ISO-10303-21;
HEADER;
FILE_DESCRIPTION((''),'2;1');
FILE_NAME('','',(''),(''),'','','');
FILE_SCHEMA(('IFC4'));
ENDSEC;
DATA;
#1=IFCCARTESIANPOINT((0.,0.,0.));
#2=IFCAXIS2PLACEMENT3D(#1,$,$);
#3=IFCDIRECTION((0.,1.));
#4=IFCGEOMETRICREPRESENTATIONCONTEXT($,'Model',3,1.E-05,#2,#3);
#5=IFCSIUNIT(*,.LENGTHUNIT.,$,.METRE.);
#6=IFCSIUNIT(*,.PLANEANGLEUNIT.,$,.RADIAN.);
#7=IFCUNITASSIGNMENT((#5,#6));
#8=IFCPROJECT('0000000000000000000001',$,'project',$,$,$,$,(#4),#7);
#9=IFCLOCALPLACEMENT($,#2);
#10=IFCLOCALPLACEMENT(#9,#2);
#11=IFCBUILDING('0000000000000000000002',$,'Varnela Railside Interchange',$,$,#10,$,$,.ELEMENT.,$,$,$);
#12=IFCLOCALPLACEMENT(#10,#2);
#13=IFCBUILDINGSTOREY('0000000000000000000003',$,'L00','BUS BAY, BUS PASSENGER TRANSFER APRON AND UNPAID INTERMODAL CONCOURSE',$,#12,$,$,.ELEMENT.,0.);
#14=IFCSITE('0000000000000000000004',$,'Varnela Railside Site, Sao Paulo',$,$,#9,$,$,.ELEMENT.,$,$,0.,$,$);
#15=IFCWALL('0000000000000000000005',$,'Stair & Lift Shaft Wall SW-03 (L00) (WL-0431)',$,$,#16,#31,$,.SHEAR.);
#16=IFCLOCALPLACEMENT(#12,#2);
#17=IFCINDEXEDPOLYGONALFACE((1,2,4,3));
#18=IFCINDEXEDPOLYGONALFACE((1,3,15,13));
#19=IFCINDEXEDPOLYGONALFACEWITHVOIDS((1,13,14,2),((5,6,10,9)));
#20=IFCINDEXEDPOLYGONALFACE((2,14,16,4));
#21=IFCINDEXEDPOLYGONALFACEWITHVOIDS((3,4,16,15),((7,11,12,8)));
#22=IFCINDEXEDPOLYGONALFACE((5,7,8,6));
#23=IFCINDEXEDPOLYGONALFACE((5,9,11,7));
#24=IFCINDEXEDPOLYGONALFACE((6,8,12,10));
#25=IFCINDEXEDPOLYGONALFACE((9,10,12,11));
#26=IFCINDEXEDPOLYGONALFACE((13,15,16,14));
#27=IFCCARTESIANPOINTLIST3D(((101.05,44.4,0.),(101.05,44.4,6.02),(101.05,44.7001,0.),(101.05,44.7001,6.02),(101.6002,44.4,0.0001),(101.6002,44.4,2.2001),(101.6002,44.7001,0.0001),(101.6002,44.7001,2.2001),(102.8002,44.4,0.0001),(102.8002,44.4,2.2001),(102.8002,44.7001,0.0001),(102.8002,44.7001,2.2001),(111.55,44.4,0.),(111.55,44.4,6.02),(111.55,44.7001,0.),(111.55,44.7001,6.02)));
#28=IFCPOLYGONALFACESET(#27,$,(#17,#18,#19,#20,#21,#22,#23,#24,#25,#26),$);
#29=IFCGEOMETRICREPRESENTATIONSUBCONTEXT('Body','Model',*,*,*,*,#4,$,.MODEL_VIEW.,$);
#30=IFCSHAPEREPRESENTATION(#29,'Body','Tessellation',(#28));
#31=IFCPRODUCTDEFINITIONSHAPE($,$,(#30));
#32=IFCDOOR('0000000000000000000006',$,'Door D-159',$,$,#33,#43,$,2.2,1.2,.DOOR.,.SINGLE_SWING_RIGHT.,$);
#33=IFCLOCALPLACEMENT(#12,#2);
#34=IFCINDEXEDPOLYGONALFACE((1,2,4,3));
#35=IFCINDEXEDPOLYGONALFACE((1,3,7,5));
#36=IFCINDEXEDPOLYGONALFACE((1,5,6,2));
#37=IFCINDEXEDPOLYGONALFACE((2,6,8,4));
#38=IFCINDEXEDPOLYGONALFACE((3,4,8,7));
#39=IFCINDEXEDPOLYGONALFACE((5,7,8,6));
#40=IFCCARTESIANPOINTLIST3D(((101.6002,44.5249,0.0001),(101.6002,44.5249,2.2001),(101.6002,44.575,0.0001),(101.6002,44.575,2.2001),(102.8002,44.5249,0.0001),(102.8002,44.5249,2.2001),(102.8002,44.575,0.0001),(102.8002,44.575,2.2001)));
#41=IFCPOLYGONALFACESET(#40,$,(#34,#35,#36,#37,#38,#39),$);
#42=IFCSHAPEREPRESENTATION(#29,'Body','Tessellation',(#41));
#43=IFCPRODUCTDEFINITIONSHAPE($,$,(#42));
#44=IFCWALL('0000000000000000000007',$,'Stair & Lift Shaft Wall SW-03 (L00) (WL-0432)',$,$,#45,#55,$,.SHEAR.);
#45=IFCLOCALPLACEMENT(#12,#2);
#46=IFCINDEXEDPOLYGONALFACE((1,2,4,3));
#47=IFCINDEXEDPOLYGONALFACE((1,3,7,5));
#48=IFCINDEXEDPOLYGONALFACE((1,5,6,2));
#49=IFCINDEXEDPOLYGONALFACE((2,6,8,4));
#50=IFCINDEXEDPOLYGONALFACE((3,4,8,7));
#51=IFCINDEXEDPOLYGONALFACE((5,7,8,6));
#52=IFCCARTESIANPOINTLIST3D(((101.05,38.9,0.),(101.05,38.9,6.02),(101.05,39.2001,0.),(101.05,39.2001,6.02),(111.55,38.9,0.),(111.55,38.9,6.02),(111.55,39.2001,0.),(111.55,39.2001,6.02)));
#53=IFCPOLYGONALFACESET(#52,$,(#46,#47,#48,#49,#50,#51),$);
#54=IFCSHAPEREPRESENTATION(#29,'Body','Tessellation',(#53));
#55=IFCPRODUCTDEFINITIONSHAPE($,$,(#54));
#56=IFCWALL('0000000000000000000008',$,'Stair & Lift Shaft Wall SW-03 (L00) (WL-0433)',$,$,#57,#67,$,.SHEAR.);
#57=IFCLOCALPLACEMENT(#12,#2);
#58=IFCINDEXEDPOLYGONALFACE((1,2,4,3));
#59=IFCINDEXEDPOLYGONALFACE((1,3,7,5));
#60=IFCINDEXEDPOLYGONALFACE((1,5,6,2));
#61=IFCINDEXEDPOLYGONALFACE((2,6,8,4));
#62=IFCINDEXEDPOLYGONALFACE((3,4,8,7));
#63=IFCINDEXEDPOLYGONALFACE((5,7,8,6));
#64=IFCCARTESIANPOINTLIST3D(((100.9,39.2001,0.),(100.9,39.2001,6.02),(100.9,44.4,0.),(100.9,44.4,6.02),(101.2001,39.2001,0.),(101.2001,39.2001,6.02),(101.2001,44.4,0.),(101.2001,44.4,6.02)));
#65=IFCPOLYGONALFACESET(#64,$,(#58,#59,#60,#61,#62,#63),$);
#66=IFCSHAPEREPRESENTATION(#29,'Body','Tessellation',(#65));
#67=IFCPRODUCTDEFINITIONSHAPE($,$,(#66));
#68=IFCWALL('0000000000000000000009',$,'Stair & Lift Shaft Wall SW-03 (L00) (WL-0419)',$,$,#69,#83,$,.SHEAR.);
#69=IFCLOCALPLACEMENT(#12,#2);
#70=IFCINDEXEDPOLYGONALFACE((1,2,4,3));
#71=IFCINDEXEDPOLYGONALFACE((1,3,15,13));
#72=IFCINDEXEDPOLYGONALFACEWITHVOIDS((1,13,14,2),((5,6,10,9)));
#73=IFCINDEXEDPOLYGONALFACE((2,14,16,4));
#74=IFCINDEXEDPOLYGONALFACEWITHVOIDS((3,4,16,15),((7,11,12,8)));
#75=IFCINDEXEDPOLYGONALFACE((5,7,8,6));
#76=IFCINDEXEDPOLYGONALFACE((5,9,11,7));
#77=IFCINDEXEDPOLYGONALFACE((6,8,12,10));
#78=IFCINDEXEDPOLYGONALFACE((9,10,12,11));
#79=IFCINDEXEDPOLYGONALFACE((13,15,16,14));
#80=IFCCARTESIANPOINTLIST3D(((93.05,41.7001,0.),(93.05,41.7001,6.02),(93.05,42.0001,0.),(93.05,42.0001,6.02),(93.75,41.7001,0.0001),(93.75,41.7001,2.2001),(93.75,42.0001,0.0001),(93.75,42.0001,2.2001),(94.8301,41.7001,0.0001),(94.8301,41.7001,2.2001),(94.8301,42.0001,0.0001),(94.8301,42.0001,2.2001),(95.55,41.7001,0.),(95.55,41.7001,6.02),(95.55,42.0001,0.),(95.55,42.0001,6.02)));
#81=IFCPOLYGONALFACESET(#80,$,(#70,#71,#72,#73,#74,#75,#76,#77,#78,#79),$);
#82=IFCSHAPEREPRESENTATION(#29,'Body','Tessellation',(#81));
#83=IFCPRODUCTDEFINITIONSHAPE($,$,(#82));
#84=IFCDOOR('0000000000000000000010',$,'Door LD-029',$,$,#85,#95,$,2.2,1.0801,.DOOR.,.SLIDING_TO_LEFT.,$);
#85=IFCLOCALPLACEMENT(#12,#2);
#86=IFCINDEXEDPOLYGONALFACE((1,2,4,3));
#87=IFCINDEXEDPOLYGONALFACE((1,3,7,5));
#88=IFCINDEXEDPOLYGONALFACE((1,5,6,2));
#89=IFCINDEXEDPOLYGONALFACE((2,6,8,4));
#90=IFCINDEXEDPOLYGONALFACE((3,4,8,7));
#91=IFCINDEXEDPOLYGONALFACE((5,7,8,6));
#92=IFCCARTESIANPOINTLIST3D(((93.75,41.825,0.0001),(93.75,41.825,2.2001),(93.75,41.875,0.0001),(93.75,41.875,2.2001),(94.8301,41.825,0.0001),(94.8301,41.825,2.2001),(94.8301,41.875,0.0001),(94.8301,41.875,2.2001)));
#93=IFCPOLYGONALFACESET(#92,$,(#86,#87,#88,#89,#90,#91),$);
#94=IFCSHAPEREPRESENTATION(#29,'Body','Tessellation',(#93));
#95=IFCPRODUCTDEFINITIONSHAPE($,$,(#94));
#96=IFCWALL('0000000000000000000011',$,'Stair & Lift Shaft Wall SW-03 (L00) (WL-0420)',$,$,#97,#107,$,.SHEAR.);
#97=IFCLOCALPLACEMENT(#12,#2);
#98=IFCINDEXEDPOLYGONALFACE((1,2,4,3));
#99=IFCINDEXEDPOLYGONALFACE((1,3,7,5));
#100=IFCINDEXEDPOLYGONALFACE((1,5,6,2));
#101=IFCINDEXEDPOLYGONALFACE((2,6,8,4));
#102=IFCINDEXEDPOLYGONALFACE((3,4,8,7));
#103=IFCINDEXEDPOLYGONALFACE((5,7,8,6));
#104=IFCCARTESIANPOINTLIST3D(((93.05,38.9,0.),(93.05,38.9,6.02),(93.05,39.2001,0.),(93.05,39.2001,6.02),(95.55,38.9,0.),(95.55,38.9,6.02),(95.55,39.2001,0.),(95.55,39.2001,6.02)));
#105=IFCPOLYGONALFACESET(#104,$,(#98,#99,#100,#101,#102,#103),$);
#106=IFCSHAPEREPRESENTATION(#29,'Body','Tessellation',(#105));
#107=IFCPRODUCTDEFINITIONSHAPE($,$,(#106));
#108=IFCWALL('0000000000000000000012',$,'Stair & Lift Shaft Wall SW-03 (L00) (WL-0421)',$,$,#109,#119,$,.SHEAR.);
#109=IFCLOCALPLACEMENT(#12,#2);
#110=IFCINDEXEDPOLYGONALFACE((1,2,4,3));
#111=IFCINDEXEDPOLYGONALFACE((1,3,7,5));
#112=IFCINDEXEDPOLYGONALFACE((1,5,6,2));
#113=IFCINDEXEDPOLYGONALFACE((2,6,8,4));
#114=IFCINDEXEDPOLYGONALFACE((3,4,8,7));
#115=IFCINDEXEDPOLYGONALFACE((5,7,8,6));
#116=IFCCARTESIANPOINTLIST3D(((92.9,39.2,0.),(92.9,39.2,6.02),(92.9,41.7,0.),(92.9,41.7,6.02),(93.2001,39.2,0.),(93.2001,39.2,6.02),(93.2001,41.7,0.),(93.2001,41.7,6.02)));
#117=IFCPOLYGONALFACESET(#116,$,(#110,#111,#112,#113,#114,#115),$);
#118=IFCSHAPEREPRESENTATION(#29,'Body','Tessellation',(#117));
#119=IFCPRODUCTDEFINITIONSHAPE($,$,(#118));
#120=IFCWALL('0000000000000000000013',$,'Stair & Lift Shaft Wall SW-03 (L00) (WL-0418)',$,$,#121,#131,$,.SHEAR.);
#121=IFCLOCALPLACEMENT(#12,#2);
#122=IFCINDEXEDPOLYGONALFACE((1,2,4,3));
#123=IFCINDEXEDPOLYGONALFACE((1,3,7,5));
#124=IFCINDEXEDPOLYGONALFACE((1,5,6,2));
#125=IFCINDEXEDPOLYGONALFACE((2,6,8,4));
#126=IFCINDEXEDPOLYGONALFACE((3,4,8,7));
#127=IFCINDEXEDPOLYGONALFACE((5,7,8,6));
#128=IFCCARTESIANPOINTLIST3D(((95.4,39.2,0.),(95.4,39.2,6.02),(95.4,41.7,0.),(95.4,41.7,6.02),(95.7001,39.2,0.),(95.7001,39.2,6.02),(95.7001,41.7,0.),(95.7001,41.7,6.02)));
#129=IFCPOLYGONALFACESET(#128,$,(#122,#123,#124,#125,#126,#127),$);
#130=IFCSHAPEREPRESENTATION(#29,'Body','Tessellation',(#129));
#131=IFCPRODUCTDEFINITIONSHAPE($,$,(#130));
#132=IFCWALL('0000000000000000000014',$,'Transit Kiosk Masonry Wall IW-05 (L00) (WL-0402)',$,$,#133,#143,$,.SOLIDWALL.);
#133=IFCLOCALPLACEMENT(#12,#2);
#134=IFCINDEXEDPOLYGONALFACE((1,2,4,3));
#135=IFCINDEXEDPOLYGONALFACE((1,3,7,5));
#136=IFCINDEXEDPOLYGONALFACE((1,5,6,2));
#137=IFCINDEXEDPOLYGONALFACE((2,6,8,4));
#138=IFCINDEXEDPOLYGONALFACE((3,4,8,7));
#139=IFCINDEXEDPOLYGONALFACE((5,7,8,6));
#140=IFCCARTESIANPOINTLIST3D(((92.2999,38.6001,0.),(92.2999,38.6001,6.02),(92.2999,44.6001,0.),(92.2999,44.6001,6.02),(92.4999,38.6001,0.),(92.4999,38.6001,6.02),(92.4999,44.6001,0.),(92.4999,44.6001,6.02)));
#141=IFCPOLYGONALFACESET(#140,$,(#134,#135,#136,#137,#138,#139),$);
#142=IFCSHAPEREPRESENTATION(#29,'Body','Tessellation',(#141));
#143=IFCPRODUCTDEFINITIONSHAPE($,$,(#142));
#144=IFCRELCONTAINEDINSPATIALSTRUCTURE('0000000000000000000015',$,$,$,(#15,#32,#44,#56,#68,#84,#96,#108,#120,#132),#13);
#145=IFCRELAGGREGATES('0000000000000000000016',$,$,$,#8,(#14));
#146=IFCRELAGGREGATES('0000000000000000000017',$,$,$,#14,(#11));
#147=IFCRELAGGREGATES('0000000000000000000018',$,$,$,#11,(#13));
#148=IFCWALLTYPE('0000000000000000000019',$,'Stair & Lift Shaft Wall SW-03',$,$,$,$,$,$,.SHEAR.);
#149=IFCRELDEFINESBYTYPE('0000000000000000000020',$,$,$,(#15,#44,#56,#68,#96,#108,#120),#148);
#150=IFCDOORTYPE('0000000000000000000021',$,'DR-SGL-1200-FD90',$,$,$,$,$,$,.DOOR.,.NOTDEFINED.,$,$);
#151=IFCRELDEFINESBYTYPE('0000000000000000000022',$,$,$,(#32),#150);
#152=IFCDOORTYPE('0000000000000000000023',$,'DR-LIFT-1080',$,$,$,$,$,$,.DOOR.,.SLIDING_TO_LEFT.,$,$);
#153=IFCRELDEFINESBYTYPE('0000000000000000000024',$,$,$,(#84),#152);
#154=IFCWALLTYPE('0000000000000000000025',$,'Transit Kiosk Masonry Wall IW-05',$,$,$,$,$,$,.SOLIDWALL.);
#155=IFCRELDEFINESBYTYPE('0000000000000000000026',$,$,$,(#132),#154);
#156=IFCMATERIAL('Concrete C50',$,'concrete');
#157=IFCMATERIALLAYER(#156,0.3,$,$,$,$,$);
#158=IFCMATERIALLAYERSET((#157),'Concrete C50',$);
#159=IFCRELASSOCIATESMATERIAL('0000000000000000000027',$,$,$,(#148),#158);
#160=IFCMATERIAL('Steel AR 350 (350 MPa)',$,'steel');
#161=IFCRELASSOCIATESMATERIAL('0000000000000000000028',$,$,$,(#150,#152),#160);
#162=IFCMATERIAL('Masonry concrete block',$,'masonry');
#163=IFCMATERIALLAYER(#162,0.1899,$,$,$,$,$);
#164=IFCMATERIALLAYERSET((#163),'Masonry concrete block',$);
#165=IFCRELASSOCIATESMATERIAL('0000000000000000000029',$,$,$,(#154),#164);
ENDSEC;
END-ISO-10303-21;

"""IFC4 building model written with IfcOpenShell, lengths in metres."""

from ifc_helpers import new_model, si_unit, direction, frame, frame_2d, origin, place, context, subcontext, project, spatial, rectangle, extrude, material, layer, layer_set, type_object, element, fill, save


model = new_model("IFC4")

# Units and contexts
model_context = context("Model", 3, precision=1e-05, world=origin(), true_north=direction((0.0, 1.0)))
body_context = subcontext(model_context, "Body", "Model", "MODEL_VIEW")
ifc_project = project(units=[si_unit("LENGTHUNIT", "METRE"), si_unit("PLANEANGLEUNIT", "RADIAN")], contexts=[model_context])

# Site, building, storey
site_placement = place(None, origin())
site = spatial("IfcSite", under=ifc_project, at=site_placement, Name="Varnela Railside Site, Sao Paulo", CompositionType="ELEMENT", RefElevation=0.0)
building_placement = place(site_placement, origin())
building = spatial("IfcBuilding", under=site, at=building_placement, Name="Varnela Railside Interchange", CompositionType="ELEMENT")
storey_placement = place(building_placement, origin())
storey = spatial("IfcBuildingStorey", under=building, at=storey_placement, Name="L00", Description="BUS BAY, BUS PASSENGER TRANSFER APRON AND UNPAID INTERMODAL CONCOURSE", CompositionType="ELEMENT", Elevation=0.0)

# Shared definitions
ifc_material_1 = material(Name="Concrete C50", Category="concrete")

# Shared definitions
ifc_material_2 = material(Name="Steel AR 350 (350 MPa)", Category="steel")

# Wall, opening, door
ifc_layer_1 = layer(ifc_material_1, 0.3)
ifc_layer_set_1 = layer_set([ifc_layer_1], Name="Concrete C50")
wall_type_1 = type_object("IfcWallType", Name="Stair & Lift Shaft Wall SW-03", PredefinedType="SHEAR", material=ifc_layer_set_1)
wall_1_placement = place(storey_placement, frame((101.05, 44.55, 0.0), z_axis=(0.0, 0.0, 1.0), x_axis=(1.0, 0.0, 0.0)))
wall_1 = element("IfcWall", 1, at=wall_1_placement, inside=storey, type_object=wall_type_1, Name="Stair & Lift Shaft Wall SW-03 (L00) (WL-0431)", PredefinedType="SHEAR", context=body_context, shape_type="SweptSolid", body=[
    extrude(rectangle(XDim=10.5, YDim=0.3, at=frame_2d((5.25, 0.0))), origin(), (0.0, 0.0, 1.0), 6.02),
])
opening_1_placement = place(wall_1_placement, frame((0.55, 0.0, 0.0)))
opening_1 = element("IfcOpeningElement", 2, at=opening_1_placement, cuts=wall_1, PredefinedType="OPENING", context=body_context, shape_type="SweptSolid", body=[
    extrude(rectangle(XDim=1.2, YDim=2.2, at=frame_2d((0.6001, 1.1001))), frame((0.0, 0.1599, 0.0), z_axis=(0.0, -1.0, 0.0), x_axis=(1.0, 0.0, 0.0)), (0.0, 0.0, 1.0), 0.3201),
])
door_type_1 = type_object("IfcDoorType", Name="DR-SGL-1200-FD90", OperationType="NOTDEFINED", PredefinedType="DOOR", material=ifc_material_2)
door_1_placement = place(opening_1_placement, origin())
door_1 = element("IfcDoor", 3, at=door_1_placement, inside=storey, type_object=door_type_1, Name="Door D-159", OperationType="SINGLE_SWING_RIGHT", OverallHeight=2.2, OverallWidth=1.2, PredefinedType="DOOR", context=body_context, shape_type="SweptSolid", body=[
    extrude(rectangle(XDim=1.2, YDim=2.2, at=frame_2d((0.6001, 1.1001))), frame((0.0, 0.0249, 0.0), z_axis=(0.0, -1.0, 0.0), x_axis=(1.0, 0.0, 0.0)), (0.0, 0.0, 1.0), 0.05),
])
fill(opening_1, door_1)

# Walls
wall_2_placement = place(storey_placement, frame((101.05, 39.05, 0.0), z_axis=(0.0, 0.0, 1.0), x_axis=(1.0, 0.0, 0.0)))
element("IfcWall", 4, at=wall_2_placement, inside=storey, type_object=wall_type_1, Name="Stair & Lift Shaft Wall SW-03 (L00) (WL-0432)", PredefinedType="SHEAR", context=body_context, shape_type="SweptSolid", body=[
    extrude(rectangle(XDim=10.5, YDim=0.3, at=frame_2d((5.25, 0.0))), origin(), (0.0, 0.0, 1.0), 6.02),
])
wall_3_placement = place(storey_placement, frame((101.05, 39.2, 0.0), z_axis=(0.0, 0.0, 1.0), x_axis=(0.0, 1.0, 0.0)))
element("IfcWall", 5, at=wall_3_placement, inside=storey, type_object=wall_type_1, Name="Stair & Lift Shaft Wall SW-03 (L00) (WL-0433)", PredefinedType="SHEAR", context=body_context, shape_type="SweptSolid", body=[
    extrude(rectangle(XDim=5.2, YDim=0.3, at=frame_2d((2.6001, 0.0))), origin(), (0.0, 0.0, 1.0), 6.02),
])

# Wall, opening, door
wall_4_placement = place(storey_placement, frame((93.05, 41.8501, 0.0), z_axis=(0.0, 0.0, 1.0), x_axis=(1.0, 0.0, 0.0)))
wall_4 = element("IfcWall", 6, at=wall_4_placement, inside=storey, type_object=wall_type_1, Name="Stair & Lift Shaft Wall SW-03 (L00) (WL-0419)", PredefinedType="SHEAR", context=body_context, shape_type="SweptSolid", body=[
    extrude(rectangle(XDim=2.5, YDim=0.3, at=frame_2d((1.25, 0.0))), origin(), (0.0, 0.0, 1.0), 6.02),
])
opening_2_placement = place(wall_4_placement, frame((0.7, 0.0, 0.0)))
opening_2 = element("IfcOpeningElement", 7, at=opening_2_placement, cuts=wall_4, PredefinedType="OPENING", context=body_context, shape_type="SweptSolid", body=[
    extrude(rectangle(XDim=1.0801, YDim=2.2, at=frame_2d((0.54, 1.1001))), frame((0.0, 0.1599, 0.0), z_axis=(0.0, -1.0, 0.0), x_axis=(1.0, 0.0, 0.0)), (0.0, 0.0, 1.0), 0.3201),
])
door_type_2 = type_object("IfcDoorType", Name="DR-LIFT-1080", OperationType="SLIDING_TO_LEFT", PredefinedType="DOOR", material=ifc_material_2)
door_2_placement = place(opening_2_placement, origin())
door_2 = element("IfcDoor", 8, at=door_2_placement, inside=storey, type_object=door_type_2, Name="Door LD-029", OperationType="SLIDING_TO_LEFT", OverallHeight=2.2, OverallWidth=1.0801, PredefinedType="DOOR", context=body_context, shape_type="SweptSolid", body=[
    extrude(rectangle(XDim=1.0801, YDim=2.2, at=frame_2d((0.54, 1.1001))), frame((0.0, 0.0249, 0.0), z_axis=(0.0, -1.0, 0.0), x_axis=(1.0, 0.0, 0.0)), (0.0, 0.0, 1.0), 0.05),
])
fill(opening_2, door_2)

# Walls
for number, where, z_axis, x_axis, name in (
    (9, (93.05, 39.05, 0.0), (0.0, 0.0, 1.0), (1.0, 0.0, 0.0), "Stair & Lift Shaft Wall SW-03 (L00) (WL-0420)"),
    (10, (93.05, 39.2, 0.0), (0.0, 0.0, 1.0), (0.0, 1.0, 0.0), "Stair & Lift Shaft Wall SW-03 (L00) (WL-0421)"),
    (11, (95.55, 39.2, 0.0), (0.0, 0.0, 1.0), (0.0, 1.0, 0.0), "Stair & Lift Shaft Wall SW-03 (L00) (WL-0418)"),
):
    element("IfcWall", number, at=place(storey_placement, frame(where, z_axis=z_axis, x_axis=x_axis)), inside=storey, type_object=wall_type_1, Name=name, PredefinedType="SHEAR", context=body_context, shape_type="SweptSolid", body=[
        extrude(rectangle(XDim=2.5, YDim=0.3, at=frame_2d((1.25, 0.0))), origin(), (0.0, 0.0, 1.0), 6.02),
    ])
ifc_material_3 = material(Name="Masonry concrete block", Category="masonry")
ifc_layer_2 = layer(ifc_material_3, 0.1899)
ifc_layer_set_2 = layer_set([ifc_layer_2], Name="Masonry concrete block")
wall_type_2 = type_object("IfcWallType", Name="Transit Kiosk Masonry Wall IW-05", PredefinedType="SOLIDWALL", material=ifc_layer_set_2)
wall_5_placement = place(storey_placement, frame((92.3999, 38.6001, 0.0), z_axis=(0.0, 0.0, 1.0), x_axis=(0.0, 1.0, 0.0)))
element("IfcWall", 12, at=wall_5_placement, inside=storey, type_object=wall_type_2, Name="Transit Kiosk Masonry Wall IW-05 (L00) (WL-0402)", PredefinedType="SOLIDWALL", context=body_context, shape_type="SweptSolid", body=[
    extrude(rectangle(XDim=6.0, YDim=0.2, at=frame_2d((3.0, 0.0))), origin(), (0.0, 0.0, 1.0), 6.02),
])

save(model, "model.ifc")
